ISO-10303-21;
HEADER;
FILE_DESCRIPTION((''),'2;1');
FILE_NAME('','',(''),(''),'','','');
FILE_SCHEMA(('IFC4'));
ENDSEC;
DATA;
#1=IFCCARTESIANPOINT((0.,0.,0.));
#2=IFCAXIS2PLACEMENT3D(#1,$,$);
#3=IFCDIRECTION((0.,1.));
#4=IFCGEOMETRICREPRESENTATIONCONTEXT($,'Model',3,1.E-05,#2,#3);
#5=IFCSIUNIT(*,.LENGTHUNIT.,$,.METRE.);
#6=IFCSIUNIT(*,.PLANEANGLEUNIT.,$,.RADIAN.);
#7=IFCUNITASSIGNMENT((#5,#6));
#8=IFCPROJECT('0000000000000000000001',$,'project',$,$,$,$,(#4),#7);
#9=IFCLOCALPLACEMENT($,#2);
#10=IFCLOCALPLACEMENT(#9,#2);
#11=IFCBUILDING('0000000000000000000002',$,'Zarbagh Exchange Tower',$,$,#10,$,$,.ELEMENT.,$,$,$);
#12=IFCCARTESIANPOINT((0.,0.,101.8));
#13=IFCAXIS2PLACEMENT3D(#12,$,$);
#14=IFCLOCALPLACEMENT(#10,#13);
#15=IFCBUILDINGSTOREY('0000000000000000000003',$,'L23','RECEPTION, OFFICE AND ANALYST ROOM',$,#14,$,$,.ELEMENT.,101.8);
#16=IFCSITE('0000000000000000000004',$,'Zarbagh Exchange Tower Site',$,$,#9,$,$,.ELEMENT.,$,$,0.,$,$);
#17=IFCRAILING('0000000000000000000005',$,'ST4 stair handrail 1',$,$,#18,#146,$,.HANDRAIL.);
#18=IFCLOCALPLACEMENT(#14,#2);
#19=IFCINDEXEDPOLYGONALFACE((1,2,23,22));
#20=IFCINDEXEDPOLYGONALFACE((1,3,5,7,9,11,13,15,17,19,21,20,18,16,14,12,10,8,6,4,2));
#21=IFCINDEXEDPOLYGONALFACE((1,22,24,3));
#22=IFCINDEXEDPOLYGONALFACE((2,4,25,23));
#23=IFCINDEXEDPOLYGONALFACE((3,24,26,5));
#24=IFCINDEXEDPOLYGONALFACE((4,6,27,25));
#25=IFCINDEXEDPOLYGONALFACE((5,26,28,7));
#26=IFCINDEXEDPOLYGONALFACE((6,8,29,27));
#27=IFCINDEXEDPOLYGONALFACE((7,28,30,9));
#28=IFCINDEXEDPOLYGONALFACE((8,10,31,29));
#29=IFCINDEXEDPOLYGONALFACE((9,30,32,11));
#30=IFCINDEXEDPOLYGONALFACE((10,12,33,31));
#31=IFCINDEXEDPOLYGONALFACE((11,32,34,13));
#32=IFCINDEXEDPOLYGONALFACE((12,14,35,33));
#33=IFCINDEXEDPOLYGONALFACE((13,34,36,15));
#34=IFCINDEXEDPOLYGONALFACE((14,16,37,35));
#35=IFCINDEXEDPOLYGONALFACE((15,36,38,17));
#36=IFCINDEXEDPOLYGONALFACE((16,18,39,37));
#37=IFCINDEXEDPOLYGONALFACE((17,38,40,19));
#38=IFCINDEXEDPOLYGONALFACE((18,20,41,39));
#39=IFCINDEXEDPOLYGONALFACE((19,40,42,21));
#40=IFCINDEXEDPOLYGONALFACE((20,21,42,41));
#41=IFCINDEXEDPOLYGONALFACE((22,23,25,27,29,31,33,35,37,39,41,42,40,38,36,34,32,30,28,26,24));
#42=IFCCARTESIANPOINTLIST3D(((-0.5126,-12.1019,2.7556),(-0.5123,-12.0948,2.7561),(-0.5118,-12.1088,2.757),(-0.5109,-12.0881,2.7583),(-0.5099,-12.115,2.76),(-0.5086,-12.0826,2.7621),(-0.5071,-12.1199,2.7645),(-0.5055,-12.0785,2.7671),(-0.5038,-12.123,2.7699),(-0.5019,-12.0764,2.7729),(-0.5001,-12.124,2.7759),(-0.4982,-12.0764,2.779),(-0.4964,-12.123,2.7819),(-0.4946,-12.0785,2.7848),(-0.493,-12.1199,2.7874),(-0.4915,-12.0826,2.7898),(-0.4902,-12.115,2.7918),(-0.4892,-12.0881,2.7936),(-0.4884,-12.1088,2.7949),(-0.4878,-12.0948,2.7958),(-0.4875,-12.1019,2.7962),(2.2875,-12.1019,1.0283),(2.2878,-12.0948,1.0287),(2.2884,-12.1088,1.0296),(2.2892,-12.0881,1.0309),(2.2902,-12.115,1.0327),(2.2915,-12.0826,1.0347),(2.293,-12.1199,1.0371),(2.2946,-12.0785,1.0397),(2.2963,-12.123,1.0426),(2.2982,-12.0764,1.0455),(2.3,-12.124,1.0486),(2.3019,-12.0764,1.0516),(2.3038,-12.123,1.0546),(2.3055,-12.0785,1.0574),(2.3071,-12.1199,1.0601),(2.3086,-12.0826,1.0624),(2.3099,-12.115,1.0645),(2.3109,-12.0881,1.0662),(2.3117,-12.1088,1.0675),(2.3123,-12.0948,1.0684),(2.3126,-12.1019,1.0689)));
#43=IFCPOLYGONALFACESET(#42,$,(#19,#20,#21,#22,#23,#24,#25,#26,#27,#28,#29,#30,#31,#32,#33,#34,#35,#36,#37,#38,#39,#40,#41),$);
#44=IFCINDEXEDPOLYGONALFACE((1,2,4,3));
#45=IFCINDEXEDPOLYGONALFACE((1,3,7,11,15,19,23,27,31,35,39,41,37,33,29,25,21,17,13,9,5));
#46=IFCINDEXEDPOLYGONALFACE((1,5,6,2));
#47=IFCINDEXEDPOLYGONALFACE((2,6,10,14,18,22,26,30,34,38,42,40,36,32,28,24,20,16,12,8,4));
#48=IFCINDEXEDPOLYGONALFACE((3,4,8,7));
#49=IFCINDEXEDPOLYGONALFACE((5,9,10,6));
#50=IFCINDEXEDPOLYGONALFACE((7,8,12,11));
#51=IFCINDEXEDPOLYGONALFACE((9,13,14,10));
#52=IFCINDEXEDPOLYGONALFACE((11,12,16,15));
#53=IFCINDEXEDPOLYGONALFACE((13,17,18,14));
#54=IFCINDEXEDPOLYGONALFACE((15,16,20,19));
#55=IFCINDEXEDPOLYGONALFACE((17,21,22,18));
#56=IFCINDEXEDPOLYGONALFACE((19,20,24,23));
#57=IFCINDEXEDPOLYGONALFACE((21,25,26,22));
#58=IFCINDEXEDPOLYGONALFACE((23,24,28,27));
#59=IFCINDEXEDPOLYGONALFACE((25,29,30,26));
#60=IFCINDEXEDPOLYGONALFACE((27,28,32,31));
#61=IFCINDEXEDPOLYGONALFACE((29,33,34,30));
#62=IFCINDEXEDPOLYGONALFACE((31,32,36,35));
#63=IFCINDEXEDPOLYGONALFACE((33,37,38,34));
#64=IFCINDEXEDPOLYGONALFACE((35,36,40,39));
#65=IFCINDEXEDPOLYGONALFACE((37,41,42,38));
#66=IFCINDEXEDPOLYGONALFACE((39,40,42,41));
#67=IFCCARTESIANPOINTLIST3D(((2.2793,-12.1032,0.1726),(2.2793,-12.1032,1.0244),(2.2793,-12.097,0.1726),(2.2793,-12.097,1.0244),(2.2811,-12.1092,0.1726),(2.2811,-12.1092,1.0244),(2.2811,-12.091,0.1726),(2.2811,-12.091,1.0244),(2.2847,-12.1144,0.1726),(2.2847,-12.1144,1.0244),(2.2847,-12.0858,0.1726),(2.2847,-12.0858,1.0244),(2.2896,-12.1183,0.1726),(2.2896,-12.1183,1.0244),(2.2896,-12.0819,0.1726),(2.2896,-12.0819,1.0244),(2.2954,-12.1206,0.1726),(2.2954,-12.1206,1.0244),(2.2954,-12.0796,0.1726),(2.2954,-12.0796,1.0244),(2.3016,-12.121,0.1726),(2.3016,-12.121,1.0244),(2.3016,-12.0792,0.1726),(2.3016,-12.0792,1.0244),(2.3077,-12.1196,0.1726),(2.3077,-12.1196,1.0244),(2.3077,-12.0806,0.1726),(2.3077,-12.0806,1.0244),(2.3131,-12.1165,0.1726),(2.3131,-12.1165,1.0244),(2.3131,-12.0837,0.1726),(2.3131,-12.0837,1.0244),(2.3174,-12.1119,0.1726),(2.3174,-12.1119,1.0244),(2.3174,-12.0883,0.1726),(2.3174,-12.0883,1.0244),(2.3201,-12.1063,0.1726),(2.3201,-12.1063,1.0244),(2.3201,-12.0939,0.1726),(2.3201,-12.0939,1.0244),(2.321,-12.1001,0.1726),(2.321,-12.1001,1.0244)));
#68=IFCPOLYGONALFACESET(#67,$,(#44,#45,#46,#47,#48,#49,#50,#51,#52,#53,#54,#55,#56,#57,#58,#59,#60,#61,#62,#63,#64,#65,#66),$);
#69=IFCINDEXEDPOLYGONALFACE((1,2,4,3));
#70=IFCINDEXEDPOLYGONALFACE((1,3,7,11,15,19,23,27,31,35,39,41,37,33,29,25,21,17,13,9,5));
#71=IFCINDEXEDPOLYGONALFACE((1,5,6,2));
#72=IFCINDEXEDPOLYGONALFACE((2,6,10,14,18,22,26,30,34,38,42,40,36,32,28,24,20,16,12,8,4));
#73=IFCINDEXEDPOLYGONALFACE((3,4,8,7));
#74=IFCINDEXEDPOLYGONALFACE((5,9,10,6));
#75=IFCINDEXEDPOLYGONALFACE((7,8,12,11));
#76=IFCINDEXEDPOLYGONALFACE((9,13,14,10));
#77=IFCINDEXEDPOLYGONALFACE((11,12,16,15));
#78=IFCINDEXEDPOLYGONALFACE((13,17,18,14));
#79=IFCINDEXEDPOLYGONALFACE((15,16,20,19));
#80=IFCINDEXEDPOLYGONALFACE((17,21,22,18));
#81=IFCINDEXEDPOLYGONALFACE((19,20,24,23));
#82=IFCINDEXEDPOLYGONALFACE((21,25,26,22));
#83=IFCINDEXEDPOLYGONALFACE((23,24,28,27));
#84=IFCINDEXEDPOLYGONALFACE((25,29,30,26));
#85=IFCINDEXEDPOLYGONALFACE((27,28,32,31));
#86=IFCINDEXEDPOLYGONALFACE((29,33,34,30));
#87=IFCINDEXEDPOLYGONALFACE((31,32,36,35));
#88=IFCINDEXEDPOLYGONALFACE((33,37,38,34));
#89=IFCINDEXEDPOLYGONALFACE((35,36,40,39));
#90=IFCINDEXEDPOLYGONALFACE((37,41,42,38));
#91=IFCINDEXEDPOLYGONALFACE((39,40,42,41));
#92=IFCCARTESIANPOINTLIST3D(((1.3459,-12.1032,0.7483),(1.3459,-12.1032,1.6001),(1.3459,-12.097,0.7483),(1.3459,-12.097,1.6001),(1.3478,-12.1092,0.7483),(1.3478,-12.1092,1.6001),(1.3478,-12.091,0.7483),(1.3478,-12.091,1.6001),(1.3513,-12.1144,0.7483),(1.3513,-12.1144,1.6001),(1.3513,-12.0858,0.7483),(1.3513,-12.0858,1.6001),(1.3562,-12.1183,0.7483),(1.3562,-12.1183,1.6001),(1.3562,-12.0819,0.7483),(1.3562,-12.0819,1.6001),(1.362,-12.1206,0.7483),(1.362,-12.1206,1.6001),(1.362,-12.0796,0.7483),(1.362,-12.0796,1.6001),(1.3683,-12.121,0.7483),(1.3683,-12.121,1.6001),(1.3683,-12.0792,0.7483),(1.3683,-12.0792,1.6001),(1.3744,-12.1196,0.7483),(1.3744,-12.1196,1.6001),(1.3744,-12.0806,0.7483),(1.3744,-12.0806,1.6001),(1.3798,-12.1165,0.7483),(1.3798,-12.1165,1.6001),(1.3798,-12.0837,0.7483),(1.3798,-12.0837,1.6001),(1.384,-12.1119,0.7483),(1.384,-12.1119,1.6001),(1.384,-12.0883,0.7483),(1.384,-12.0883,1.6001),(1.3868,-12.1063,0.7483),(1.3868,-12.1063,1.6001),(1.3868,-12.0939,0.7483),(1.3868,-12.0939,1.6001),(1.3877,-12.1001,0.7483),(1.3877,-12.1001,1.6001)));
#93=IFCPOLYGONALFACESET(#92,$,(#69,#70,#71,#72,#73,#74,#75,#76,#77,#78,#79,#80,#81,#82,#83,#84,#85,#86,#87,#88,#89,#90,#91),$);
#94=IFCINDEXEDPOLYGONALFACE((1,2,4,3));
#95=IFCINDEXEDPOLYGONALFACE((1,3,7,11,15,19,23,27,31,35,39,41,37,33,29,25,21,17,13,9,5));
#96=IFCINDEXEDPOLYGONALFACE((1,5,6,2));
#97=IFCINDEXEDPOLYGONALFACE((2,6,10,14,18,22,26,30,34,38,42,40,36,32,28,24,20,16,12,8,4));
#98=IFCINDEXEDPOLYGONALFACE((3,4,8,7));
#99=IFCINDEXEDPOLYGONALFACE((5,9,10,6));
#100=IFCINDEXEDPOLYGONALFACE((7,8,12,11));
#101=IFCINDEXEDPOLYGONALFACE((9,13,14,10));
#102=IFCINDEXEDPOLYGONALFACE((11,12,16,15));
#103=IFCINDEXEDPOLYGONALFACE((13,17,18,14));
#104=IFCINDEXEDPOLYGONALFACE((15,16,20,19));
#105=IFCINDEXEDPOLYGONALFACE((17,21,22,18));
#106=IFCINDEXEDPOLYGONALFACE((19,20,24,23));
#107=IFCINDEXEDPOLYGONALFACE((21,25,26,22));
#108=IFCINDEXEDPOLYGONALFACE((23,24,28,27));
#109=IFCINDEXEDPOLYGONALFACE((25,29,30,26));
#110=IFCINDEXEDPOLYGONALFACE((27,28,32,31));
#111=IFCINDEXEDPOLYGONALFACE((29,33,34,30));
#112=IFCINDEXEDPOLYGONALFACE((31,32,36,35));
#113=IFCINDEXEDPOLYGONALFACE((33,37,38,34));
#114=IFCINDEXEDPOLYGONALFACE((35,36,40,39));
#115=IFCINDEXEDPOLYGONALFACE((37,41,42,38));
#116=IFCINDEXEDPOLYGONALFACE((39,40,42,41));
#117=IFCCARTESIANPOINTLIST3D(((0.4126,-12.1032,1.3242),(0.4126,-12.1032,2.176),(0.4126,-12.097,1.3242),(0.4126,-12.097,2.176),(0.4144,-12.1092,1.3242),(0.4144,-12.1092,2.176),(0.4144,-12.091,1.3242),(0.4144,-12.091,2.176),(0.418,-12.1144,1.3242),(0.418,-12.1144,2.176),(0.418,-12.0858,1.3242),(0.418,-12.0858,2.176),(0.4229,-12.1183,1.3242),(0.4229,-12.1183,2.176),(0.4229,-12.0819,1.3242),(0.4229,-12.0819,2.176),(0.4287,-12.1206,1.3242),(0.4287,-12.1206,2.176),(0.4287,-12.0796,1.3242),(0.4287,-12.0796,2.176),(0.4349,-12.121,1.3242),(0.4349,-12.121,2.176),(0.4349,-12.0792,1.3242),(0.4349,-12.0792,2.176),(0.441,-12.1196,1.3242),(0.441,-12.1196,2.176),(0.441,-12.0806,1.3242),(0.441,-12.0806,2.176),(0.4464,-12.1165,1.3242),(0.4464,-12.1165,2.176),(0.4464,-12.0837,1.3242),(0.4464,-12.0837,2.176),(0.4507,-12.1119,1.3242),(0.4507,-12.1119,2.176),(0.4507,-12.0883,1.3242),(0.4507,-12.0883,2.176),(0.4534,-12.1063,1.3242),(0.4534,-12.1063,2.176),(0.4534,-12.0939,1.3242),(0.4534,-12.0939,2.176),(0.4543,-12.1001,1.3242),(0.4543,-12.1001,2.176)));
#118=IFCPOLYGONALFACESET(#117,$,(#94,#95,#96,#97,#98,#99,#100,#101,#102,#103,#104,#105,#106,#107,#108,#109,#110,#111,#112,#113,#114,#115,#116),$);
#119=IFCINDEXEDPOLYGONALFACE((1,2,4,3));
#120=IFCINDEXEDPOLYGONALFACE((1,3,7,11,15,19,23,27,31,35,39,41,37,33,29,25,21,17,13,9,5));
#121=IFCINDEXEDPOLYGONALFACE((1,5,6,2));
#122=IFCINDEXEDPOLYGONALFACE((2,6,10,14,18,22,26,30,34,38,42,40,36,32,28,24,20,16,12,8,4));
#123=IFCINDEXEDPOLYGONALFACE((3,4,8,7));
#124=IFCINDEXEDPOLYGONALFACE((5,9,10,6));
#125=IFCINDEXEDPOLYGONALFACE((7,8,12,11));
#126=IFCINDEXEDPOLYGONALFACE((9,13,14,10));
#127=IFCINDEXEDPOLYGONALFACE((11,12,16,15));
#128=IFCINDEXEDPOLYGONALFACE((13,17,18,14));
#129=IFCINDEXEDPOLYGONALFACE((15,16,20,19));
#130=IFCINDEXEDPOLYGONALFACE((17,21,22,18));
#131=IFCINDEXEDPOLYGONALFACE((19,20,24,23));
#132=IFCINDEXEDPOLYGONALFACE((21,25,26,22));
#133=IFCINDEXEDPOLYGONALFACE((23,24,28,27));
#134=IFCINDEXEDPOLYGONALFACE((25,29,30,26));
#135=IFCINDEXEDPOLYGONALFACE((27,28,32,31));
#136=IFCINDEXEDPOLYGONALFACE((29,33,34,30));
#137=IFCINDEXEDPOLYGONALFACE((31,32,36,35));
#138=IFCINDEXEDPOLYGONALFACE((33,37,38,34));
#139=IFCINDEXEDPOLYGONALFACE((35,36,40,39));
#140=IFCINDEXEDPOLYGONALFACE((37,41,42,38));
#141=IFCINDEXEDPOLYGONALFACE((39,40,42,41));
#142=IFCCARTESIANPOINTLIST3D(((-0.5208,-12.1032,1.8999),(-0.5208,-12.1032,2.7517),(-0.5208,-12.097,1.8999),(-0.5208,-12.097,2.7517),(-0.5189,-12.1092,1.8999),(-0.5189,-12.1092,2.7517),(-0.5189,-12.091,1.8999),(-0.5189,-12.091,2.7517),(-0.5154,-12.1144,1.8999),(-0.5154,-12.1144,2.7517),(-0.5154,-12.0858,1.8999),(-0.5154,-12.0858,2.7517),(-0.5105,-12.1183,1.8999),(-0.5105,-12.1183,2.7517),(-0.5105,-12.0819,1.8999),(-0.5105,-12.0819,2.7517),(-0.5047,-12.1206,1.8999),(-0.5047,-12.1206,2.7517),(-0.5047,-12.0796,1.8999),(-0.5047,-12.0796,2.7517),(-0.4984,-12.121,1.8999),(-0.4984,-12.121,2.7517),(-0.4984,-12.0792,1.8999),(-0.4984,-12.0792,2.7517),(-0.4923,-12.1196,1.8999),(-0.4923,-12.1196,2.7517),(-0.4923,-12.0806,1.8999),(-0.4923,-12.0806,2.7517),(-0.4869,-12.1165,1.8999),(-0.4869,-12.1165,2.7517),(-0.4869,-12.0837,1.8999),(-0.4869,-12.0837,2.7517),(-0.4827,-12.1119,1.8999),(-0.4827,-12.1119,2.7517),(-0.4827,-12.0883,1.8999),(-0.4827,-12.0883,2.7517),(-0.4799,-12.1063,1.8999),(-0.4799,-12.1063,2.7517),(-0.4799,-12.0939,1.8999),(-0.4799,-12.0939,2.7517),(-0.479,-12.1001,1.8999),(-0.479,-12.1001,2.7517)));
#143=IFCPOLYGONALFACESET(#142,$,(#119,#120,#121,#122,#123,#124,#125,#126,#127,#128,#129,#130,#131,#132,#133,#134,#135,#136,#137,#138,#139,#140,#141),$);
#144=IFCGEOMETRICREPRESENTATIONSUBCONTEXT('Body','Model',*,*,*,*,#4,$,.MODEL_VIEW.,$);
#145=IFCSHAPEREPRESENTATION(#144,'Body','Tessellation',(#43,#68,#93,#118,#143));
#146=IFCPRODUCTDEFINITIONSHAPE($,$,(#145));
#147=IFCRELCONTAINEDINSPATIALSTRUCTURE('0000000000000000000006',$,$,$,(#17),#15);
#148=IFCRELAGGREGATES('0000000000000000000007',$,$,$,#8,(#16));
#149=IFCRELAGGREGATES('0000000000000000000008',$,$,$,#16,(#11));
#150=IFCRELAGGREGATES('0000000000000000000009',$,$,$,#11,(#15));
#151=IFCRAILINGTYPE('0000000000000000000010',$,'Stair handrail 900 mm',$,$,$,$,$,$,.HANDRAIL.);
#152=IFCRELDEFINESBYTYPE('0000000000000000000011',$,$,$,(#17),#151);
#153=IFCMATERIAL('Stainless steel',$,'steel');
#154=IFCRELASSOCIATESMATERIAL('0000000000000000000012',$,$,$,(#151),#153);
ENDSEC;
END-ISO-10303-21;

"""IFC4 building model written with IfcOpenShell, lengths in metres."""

from ifc_helpers import new_model, si_unit, direction, frame, origin, origin_2d, place, context, subcontext, project, spatial, circle, extrude, material, type_object, element, save


model = new_model("IFC4")

# Units and contexts
model_context = context("Model", 3, precision=1e-05, world=origin(), true_north=direction((0.0, 1.0)))
body_context = subcontext(model_context, "Body", "Model", "MODEL_VIEW")
ifc_project = project(units=[si_unit("LENGTHUNIT", "METRE"), si_unit("PLANEANGLEUNIT", "RADIAN")], contexts=[model_context])

# Site, building, storey
site_placement = place(None, origin())
site = spatial("IfcSite", under=ifc_project, at=site_placement, Name="Zarbagh Exchange Tower Site", CompositionType="ELEMENT", RefElevation=0.0)
building_placement = place(site_placement, origin())
building = spatial("IfcBuilding", under=site, at=building_placement, Name="Zarbagh Exchange Tower", CompositionType="ELEMENT")
storey_placement = place(building_placement, frame((0.0, 0.0, 101.8)))
storey = spatial("IfcBuildingStorey", under=building, at=storey_placement, Name="L23", Description="RECEPTION, OFFICE AND ANALYST ROOM", CompositionType="ELEMENT", Elevation=101.8)

# Railing
ifc_material_1 = material(Name="Stainless steel", Category="steel")
railing_type_1 = type_object("IfcRailingType", Name="Stair handrail 900 mm", PredefinedType="HANDRAIL", material=ifc_material_1)
for number, where, name in (
    (1, (2.3, -12.1001, 0.1726), "ST4 stair handrail 1"),
):
    element("IfcRailing", number, at=place(storey_placement, frame(where)), inside=storey, type_object=railing_type_1, Name=name, PredefinedType="HANDRAIL", context=body_context, shape_type="SweptSolid", body=[
        extrude(circle(Radius=0.0239, at=origin_2d()), frame((0.0, 0.0, 0.876), z_axis=(-0.85109, 0.0, 0.52502), x_axis=(0.0, -1.0, 0.0)), (0.0, 0.0, 1.0), 3.29),
        extrude(circle(Radius=0.021, at=origin_2d()), origin(), (0.0, 0.0, 1.0), 0.8518),
        extrude(circle(Radius=0.021, at=origin_2d()), frame((-0.9333, 0.0, 0.5757)), (0.0, 0.0, 1.0), 0.8518),
        extrude(circle(Radius=0.021, at=origin_2d()), frame((-1.8667, 0.0, 1.1516)), (0.0, 0.0, 1.0), 0.8518),
        extrude(circle(Radius=0.021, at=origin_2d()), frame((-2.8, 0.0, 1.7273)), (0.0, 0.0, 1.0), 0.8518),
    ])

save(model, "model.ifc")
